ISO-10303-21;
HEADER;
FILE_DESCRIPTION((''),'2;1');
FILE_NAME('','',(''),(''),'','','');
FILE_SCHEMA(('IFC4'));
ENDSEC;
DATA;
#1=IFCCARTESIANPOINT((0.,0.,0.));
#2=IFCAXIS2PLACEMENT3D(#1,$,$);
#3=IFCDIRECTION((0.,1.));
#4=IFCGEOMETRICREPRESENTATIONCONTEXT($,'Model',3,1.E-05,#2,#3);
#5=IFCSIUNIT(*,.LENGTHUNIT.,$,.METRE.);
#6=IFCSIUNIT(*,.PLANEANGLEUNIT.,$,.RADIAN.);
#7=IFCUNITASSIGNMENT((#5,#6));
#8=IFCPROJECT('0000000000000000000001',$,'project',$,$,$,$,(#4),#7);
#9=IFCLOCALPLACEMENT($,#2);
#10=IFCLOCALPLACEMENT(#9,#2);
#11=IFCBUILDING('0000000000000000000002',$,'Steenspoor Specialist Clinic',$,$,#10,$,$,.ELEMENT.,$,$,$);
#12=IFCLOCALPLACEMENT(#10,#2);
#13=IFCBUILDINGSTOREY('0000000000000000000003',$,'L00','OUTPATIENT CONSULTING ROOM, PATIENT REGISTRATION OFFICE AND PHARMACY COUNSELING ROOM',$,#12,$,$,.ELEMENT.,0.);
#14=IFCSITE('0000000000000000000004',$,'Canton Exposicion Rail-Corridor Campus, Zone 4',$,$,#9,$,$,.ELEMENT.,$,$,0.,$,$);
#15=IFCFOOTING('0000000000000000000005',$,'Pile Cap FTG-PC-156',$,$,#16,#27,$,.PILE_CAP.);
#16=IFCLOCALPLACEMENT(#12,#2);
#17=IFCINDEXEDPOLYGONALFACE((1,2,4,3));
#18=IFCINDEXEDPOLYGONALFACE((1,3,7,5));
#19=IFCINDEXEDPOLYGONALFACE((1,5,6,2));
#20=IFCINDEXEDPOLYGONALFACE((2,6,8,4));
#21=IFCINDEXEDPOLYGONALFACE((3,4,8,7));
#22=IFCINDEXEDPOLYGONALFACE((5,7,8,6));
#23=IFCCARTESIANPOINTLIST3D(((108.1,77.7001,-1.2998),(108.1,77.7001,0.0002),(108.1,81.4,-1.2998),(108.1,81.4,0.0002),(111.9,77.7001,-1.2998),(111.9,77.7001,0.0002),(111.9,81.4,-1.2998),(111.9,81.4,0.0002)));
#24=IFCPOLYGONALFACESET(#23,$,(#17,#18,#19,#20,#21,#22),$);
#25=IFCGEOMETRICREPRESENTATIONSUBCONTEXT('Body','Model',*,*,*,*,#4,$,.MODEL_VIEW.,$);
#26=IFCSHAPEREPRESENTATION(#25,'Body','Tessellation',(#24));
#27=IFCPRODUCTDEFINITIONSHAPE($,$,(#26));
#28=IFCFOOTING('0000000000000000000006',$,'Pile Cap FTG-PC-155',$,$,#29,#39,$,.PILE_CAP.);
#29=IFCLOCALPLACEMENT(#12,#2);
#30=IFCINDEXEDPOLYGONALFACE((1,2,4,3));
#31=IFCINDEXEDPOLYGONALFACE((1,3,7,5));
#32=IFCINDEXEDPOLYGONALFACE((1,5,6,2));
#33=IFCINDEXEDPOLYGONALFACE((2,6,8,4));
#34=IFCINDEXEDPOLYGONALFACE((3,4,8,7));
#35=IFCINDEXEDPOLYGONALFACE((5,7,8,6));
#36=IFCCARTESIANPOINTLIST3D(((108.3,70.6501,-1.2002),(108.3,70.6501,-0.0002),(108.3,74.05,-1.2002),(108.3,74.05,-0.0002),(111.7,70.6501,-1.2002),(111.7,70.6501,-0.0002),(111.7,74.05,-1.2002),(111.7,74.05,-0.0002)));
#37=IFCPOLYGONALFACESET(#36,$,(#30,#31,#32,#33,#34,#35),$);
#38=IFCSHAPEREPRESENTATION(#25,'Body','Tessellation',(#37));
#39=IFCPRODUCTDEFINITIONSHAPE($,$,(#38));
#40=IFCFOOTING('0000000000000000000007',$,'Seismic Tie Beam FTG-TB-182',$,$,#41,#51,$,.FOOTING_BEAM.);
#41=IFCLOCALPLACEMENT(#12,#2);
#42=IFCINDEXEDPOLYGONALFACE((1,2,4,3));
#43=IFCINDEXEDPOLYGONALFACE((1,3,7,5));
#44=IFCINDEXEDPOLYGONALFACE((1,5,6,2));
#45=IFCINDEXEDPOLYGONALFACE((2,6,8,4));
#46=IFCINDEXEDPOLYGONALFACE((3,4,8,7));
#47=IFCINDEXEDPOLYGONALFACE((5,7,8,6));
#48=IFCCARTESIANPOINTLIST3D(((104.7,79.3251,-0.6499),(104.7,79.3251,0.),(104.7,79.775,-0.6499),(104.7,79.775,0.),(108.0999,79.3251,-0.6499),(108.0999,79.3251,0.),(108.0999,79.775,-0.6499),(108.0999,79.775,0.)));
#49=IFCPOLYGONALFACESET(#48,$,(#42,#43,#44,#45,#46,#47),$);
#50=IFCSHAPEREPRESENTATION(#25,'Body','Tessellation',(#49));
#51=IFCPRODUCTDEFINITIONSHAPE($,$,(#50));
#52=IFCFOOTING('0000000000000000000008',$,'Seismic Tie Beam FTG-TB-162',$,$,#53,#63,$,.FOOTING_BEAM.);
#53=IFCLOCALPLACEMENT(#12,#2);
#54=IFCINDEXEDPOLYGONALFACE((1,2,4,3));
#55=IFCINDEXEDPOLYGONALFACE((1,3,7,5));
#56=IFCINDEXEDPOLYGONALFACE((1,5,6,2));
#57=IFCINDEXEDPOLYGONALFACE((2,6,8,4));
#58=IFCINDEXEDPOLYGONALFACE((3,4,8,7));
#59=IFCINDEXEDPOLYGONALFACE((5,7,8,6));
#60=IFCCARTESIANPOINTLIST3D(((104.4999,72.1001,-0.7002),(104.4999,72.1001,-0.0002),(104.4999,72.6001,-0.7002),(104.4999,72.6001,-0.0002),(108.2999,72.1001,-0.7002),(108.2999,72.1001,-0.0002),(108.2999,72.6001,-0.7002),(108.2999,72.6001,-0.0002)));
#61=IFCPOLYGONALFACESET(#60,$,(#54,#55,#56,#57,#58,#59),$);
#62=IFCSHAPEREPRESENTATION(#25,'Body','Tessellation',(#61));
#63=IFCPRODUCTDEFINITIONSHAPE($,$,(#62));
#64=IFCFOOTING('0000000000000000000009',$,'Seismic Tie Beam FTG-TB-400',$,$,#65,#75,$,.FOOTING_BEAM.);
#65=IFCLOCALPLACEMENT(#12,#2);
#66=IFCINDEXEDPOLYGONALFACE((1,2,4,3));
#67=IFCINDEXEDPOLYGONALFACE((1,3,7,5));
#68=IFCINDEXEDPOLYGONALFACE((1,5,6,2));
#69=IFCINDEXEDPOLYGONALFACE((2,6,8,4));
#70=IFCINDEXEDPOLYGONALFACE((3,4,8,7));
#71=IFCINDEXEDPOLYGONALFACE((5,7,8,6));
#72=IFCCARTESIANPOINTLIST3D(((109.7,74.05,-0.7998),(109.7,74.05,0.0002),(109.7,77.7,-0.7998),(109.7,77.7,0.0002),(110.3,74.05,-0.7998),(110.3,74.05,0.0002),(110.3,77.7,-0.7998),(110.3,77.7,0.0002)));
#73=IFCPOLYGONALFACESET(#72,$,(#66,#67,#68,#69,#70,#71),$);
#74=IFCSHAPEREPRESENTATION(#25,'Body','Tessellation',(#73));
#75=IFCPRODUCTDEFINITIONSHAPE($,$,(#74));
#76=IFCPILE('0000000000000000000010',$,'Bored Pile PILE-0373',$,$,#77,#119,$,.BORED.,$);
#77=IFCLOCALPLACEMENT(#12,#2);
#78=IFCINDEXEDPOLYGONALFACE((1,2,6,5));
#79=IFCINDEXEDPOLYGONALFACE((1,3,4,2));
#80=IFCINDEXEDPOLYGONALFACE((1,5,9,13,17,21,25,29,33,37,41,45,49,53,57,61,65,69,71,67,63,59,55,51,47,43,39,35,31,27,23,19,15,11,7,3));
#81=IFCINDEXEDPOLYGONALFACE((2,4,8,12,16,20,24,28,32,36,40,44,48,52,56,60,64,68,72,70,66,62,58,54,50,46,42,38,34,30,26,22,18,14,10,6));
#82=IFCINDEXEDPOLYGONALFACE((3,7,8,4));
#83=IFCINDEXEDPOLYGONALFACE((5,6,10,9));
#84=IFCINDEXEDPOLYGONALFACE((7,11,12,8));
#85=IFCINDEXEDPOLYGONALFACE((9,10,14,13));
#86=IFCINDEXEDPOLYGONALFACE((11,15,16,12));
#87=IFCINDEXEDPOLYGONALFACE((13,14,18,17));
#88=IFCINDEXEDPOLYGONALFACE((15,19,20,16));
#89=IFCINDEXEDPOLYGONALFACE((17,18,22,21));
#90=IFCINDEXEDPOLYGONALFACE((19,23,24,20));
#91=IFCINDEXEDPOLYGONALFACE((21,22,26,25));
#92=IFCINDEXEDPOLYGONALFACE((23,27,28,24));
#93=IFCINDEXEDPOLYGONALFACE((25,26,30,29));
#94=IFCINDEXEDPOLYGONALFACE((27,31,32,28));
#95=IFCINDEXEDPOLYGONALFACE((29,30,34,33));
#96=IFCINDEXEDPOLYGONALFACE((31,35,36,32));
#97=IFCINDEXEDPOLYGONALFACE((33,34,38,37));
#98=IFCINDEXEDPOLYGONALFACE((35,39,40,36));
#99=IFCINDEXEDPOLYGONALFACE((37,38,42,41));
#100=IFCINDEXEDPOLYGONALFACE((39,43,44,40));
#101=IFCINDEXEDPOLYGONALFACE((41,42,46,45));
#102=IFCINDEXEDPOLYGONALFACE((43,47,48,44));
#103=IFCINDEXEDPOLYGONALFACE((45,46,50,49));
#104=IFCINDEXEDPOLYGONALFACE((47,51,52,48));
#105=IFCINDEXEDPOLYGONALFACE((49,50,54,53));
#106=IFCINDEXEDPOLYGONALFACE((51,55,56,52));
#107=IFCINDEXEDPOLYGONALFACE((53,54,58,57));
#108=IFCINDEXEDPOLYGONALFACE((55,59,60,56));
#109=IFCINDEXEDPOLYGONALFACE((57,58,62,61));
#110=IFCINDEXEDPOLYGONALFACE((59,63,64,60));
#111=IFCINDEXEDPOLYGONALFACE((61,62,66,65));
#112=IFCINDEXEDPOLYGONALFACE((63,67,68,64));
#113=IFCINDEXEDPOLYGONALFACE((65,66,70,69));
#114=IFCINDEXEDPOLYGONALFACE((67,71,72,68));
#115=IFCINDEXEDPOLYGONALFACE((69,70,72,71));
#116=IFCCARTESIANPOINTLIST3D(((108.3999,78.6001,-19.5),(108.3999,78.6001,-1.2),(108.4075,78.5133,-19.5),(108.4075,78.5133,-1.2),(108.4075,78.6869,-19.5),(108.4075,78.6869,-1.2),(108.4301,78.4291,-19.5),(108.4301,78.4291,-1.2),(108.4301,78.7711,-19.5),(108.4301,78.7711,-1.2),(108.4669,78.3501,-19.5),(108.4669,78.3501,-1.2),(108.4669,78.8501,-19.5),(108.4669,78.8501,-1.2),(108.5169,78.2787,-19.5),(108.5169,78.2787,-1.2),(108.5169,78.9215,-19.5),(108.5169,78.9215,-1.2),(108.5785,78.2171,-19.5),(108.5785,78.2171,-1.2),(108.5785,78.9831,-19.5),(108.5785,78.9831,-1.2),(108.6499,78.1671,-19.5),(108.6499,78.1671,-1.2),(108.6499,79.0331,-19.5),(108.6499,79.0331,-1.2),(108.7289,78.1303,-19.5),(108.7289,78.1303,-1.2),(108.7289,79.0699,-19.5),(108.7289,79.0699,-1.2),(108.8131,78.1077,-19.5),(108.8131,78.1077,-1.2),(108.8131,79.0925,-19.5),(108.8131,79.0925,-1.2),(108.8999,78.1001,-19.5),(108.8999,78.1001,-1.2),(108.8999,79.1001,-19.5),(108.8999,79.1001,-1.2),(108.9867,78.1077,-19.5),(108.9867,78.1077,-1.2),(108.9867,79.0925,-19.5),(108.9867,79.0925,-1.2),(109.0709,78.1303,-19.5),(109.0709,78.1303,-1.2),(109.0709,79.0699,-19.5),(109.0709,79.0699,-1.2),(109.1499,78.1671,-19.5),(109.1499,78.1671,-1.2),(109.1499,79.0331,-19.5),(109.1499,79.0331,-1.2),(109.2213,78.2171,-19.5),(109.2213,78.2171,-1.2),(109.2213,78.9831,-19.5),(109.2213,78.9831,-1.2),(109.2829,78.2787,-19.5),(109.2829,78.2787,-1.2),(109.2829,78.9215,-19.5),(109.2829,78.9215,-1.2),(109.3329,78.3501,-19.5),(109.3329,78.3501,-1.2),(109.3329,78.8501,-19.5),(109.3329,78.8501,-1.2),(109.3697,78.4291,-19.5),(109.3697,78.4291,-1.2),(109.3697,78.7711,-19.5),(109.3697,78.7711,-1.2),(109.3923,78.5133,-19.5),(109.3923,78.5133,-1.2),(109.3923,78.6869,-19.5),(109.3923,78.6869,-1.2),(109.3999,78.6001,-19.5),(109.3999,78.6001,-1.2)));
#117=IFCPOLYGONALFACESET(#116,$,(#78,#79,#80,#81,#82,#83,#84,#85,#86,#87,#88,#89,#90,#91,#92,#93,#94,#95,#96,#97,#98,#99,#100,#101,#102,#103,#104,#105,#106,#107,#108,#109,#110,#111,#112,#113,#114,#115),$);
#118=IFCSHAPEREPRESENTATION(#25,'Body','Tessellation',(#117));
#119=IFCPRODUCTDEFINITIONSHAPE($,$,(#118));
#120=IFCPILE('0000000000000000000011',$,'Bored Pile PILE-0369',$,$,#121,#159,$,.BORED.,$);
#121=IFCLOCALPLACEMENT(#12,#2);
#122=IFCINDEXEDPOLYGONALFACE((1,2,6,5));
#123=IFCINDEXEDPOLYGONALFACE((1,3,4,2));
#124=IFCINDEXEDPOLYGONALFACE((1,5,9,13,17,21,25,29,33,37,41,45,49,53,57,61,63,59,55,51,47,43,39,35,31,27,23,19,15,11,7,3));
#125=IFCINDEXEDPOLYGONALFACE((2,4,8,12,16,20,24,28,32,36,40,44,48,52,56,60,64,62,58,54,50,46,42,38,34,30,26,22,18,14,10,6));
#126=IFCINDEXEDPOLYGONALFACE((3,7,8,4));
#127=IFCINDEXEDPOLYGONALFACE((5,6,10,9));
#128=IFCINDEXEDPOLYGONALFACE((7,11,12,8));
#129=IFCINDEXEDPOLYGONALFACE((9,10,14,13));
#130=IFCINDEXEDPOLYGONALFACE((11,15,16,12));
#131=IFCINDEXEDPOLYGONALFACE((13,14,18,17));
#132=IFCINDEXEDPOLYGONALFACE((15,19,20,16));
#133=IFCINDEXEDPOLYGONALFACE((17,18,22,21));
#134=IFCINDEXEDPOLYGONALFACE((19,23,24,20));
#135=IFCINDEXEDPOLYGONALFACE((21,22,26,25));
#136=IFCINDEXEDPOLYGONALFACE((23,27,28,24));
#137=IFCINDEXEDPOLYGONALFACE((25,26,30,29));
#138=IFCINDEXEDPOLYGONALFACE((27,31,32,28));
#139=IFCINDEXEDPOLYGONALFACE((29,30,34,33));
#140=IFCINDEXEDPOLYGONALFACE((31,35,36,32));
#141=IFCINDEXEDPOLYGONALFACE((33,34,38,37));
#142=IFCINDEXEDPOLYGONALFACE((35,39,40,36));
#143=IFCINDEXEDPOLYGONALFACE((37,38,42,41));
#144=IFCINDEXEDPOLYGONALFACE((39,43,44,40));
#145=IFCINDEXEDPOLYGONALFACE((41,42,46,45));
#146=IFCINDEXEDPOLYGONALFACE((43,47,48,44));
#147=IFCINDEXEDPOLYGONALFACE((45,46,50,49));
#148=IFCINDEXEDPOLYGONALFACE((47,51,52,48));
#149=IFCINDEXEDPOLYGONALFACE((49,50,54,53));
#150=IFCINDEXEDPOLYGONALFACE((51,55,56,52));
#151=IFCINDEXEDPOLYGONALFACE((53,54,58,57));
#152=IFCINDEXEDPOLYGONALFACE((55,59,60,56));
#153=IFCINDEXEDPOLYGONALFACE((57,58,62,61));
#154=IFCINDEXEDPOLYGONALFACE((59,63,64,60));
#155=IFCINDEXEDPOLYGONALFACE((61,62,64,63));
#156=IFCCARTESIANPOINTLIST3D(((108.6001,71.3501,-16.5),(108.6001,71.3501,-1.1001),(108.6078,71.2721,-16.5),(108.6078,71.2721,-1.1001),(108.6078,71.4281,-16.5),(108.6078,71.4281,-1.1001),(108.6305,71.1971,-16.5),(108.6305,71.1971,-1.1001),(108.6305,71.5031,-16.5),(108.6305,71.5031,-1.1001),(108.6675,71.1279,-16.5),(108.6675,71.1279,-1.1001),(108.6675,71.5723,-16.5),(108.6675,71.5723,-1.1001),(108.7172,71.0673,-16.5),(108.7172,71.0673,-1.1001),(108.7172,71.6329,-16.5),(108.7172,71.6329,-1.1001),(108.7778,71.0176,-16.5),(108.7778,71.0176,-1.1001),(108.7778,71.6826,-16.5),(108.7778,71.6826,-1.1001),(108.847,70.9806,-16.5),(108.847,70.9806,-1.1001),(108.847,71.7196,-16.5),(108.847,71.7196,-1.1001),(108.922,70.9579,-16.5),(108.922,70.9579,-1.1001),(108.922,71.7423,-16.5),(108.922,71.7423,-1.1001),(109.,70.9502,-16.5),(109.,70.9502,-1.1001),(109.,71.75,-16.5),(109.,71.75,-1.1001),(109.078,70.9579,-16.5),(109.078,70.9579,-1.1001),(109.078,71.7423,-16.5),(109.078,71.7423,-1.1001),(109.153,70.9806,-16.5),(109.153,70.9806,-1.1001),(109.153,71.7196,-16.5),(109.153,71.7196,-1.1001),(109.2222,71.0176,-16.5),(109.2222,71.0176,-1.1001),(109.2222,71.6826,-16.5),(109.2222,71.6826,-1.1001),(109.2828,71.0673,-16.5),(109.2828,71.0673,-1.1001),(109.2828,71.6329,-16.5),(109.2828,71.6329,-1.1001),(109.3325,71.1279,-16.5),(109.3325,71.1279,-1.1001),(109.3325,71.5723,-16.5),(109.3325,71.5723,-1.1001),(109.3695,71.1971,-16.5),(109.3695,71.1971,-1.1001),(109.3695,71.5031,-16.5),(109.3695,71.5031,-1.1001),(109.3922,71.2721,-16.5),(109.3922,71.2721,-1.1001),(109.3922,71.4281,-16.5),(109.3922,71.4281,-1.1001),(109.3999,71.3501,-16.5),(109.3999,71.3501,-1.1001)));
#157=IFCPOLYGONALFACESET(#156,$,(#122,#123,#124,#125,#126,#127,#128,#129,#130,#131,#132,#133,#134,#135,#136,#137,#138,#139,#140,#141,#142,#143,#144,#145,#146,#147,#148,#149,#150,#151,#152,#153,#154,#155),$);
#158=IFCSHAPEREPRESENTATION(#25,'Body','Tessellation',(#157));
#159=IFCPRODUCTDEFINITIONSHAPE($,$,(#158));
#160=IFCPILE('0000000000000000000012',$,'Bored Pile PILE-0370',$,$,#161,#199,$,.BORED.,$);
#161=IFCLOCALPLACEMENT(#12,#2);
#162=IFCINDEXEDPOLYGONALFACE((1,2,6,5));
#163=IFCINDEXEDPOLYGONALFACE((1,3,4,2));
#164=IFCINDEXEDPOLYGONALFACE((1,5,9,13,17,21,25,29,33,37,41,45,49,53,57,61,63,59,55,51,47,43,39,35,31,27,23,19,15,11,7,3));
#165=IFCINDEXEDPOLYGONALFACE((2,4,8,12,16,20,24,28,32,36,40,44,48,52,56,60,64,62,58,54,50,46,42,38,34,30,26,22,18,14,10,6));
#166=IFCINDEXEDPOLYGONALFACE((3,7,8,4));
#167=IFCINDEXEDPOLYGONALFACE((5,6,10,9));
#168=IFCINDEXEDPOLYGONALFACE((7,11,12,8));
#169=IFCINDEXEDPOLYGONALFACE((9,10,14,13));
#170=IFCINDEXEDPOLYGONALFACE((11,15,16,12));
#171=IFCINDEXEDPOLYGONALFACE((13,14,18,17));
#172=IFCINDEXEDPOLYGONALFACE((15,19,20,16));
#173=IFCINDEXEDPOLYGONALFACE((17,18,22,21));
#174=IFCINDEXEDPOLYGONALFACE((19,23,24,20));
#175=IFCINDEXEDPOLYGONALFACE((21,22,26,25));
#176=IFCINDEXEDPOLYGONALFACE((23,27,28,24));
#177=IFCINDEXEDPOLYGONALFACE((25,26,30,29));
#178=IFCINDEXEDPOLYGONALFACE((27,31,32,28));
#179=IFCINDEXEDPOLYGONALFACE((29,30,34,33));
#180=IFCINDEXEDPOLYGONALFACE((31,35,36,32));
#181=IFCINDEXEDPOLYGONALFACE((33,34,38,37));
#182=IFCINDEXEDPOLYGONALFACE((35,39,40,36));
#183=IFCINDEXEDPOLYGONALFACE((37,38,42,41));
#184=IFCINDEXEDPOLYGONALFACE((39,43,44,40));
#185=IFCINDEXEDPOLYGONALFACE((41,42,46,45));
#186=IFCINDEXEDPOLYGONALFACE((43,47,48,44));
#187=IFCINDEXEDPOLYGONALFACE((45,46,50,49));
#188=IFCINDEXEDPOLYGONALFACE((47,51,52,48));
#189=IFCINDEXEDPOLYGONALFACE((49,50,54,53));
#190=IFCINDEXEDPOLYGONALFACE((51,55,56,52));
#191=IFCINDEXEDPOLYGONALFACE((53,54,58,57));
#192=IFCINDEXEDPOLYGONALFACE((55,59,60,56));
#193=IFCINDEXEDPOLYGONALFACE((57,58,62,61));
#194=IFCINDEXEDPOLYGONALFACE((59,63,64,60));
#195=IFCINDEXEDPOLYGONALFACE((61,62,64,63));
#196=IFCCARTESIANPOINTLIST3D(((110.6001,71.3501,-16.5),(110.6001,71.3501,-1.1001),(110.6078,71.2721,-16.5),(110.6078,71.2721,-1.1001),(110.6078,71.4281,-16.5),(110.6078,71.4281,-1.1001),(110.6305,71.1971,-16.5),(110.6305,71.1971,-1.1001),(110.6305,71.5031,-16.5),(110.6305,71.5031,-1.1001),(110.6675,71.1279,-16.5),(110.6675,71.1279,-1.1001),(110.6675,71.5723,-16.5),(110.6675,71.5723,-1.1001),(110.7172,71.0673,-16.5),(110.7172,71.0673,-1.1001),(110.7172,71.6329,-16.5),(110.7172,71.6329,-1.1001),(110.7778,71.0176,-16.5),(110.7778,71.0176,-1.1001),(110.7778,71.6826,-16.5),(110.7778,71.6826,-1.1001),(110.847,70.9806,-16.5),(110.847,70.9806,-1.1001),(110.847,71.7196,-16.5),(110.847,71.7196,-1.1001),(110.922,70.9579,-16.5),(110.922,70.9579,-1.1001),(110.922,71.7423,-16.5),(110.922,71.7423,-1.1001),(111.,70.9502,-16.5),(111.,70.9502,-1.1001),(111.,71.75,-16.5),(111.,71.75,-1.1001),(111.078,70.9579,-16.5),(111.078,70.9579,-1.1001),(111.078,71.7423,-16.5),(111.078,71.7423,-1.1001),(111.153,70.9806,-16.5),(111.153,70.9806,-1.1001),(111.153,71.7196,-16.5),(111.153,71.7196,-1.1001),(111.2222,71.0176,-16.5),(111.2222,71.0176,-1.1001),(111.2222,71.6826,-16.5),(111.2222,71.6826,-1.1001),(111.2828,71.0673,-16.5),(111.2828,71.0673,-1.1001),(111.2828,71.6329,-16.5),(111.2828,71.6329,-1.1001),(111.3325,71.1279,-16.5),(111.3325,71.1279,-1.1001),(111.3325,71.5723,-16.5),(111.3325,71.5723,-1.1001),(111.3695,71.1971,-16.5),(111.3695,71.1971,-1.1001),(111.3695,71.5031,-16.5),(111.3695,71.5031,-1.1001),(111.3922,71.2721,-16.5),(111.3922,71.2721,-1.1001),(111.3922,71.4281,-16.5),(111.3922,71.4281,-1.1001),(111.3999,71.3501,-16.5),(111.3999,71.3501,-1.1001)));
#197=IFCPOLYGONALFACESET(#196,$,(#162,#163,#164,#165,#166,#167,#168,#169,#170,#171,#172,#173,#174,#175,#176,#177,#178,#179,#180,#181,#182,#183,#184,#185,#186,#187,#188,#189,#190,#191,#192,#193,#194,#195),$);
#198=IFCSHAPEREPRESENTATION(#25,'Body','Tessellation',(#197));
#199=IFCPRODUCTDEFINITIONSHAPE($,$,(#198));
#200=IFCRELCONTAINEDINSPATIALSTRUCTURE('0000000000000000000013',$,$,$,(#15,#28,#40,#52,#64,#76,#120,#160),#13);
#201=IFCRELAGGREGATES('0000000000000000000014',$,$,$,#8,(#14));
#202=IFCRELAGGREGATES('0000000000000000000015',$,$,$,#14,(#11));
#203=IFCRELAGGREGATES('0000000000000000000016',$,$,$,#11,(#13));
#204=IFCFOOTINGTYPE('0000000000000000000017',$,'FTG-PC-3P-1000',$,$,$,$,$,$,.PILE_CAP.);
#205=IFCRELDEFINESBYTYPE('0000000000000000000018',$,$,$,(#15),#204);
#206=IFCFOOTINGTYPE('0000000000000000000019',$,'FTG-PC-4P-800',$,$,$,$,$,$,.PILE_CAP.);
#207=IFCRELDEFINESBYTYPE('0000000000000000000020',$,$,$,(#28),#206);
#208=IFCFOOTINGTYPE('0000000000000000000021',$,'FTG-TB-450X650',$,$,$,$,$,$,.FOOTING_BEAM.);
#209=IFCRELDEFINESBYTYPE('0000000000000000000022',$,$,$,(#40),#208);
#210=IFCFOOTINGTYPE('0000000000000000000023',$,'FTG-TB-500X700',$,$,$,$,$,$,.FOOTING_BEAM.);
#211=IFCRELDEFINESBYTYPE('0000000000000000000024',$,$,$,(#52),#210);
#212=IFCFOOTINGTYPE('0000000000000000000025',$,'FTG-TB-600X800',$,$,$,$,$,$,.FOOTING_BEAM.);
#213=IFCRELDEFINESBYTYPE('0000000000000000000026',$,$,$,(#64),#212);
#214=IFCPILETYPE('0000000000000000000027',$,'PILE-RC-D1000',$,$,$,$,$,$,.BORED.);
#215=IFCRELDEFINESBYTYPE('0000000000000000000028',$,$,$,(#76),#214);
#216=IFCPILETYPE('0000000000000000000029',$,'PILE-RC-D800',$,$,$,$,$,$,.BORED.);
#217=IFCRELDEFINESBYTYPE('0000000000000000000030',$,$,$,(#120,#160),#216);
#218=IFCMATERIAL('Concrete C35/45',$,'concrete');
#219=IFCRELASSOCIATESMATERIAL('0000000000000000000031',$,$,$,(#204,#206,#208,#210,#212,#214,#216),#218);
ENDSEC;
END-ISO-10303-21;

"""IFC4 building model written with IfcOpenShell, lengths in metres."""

from ifc_helpers import new_model, si_unit, direction, frame, origin, origin_2d, place, context, subcontext, project, spatial, rectangle, circle, extrude, material, material_profile, profile_set, type_object, element, save


model = new_model("IFC4")

# Units and contexts
model_context = context("Model", 3, precision=1e-05, world=origin(), true_north=direction((0.0, 1.0)))
body_context = subcontext(model_context, "Body", "Model", "MODEL_VIEW")
ifc_project = project(units=[si_unit("LENGTHUNIT", "METRE"), si_unit("PLANEANGLEUNIT", "RADIAN")], contexts=[model_context])

# Site, building, storey
site_placement = place(None, origin())
site = spatial("IfcSite", under=ifc_project, at=site_placement, Name="Canton Exposicion Rail-Corridor Campus, Zone 4", CompositionType="ELEMENT", RefElevation=0.0)
building_placement = place(site_placement, origin())
building = spatial("IfcBuilding", under=site, at=building_placement, Name="Steenspoor Specialist Clinic", CompositionType="ELEMENT")
storey_placement = place(building_placement, origin())
storey = spatial("IfcBuildingStorey", under=building, at=storey_placement, Name="L00", Description="OUTPATIENT CONSULTING ROOM, PATIENT REGISTRATION OFFICE AND PHARMACY COUNSELING ROOM", CompositionType="ELEMENT", Elevation=0.0)

# Footings
ifc_material_1 = material(Name="Concrete C35/45", Category="concrete")
footing_type_1 = type_object("IfcFootingType", Name="FTG-PC-3P-1000", PredefinedType="PILE_CAP", material=ifc_material_1)
footing_1_placement = place(storey_placement, frame((110.0, 79.55, -1.2998), z_axis=(0.0, 0.0, 1.0), x_axis=(1.0, 0.0, 0.0)))
element("IfcFooting", 1, at=footing_1_placement, inside=storey, type_object=footing_type_1, Name="Pile Cap FTG-PC-156", PredefinedType="PILE_CAP", context=body_context, shape_type="SweptSolid", body=[
    extrude(rectangle(XDim=3.8, YDim=3.7, at=origin_2d()), origin(), (0.0, 0.0, 1.0), 1.3),
])
footing_type_2 = type_object("IfcFootingType", Name="FTG-PC-4P-800", PredefinedType="PILE_CAP", material=ifc_material_1)
footing_2_placement = place(storey_placement, frame((110.0, 72.3501, -1.2002), z_axis=(0.0, 0.0, 1.0), x_axis=(1.0, 0.0, 0.0)))
element("IfcFooting", 2, at=footing_2_placement, inside=storey, type_object=footing_type_2, Name="Pile Cap FTG-PC-155", PredefinedType="PILE_CAP", context=body_context, shape_type="SweptSolid", body=[
    extrude(rectangle(XDim=3.3999, YDim=3.3999, at=origin_2d()), origin(), (0.0, 0.0, 1.0), 1.2),
])
footing_type_3 = type_object("IfcFootingType", Name="FTG-TB-450X650", PredefinedType="FOOTING_BEAM", material=ifc_material_1)
footing_3_placement = place(storey_placement, frame((106.3999, 79.55, -0.6499), z_axis=(0.0, 0.0, 1.0), x_axis=(1.0, 0.0, 0.0)))
element("IfcFooting", 3, at=footing_3_placement, inside=storey, type_object=footing_type_3, Name="Seismic Tie Beam FTG-TB-182", PredefinedType="FOOTING_BEAM", context=body_context, shape_type="SweptSolid", body=[
    extrude(rectangle(XDim=3.3999, YDim=0.45, at=origin_2d()), origin(), (0.0, 0.0, 1.0), 0.6499),
])
footing_type_4 = type_object("IfcFootingType", Name="FTG-TB-500X700", PredefinedType="FOOTING_BEAM", material=ifc_material_1)
footing_4_placement = place(storey_placement, frame((106.3999, 72.3501, -0.7002), z_axis=(0.0, 0.0, 1.0), x_axis=(1.0, 0.0, 0.0)))
element("IfcFooting", 4, at=footing_4_placement, inside=storey, type_object=footing_type_4, Name="Seismic Tie Beam FTG-TB-162", PredefinedType="FOOTING_BEAM", context=body_context, shape_type="SweptSolid", body=[
    extrude(rectangle(XDim=3.8, YDim=0.5, at=origin_2d()), origin(), (0.0, 0.0, 1.0), 0.7),
])
footing_type_5 = type_object("IfcFootingType", Name="FTG-TB-600X800", PredefinedType="FOOTING_BEAM", material=ifc_material_1)
footing_5_placement = place(storey_placement, frame((110.0, 75.875, -0.7998), z_axis=(0.0, 0.0, 1.0), x_axis=(1.0, 0.0, 0.0)))
element("IfcFooting", 5, at=footing_5_placement, inside=storey, type_object=footing_type_5, Name="Seismic Tie Beam FTG-TB-400", PredefinedType="FOOTING_BEAM", context=body_context, shape_type="SweptSolid", body=[
    extrude(rectangle(XDim=0.6001, YDim=3.6499, at=origin_2d()), origin(), (0.0, 0.0, 1.0), 0.8),
])

# Piles
ifc_material_profile_1 = material_profile(ifc_material_1, circle(Radius=0.5, at=origin_2d()), Name="PILE-D1000")
ifc_profile_set_1 = profile_set([ifc_material_profile_1], Name="Concrete C35/45")
pile_type_1 = type_object("IfcPileType", Name="PILE-RC-D1000", PredefinedType="BORED", material=ifc_profile_set_1)
pile_placement = place(storey_placement, frame((108.8999, 78.6001, -1.2), z_axis=(0.0, 0.0, -1.0), x_axis=(1.0, 0.0, 0.0)))
element("IfcPile", 6, at=pile_placement, inside=storey, type_object=pile_type_1, Name="Bored Pile PILE-0373", PredefinedType="BORED", context=body_context, shape_type="SweptSolid", body=[
    extrude(circle(Radius=0.5, at=origin_2d()), origin(), (0.0, 0.0, 1.0), 18.3),
])
ifc_material_profile_2 = material_profile(ifc_material_1, circle(Radius=0.3999, at=origin_2d()), Name="PILE-D800")
ifc_profile_set_2 = profile_set([ifc_material_profile_2], Name="Concrete C35/45")
pile_type_2 = type_object("IfcPileType", Name="PILE-RC-D800", PredefinedType="BORED", material=ifc_profile_set_2)
for number, where, z_axis, x_axis, name in (
    (7, (109.0, 71.3501, -1.1001), (0.0, 0.0, -1.0), (1.0, 0.0, 0.0), "Bored Pile PILE-0369"),
    (8, (111.0, 71.3501, -1.1001), (0.0, 0.0, -1.0), (1.0, 0.0, 0.0), "Bored Pile PILE-0370"),
):
    element("IfcPile", number, at=place(storey_placement, frame(where, z_axis=z_axis, x_axis=x_axis)), inside=storey, type_object=pile_type_2, Name=name, PredefinedType="BORED", context=body_context, shape_type="SweptSolid", body=[
        extrude(circle(Radius=0.3999, at=origin_2d()), origin(), (0.0, 0.0, 1.0), 15.3999),
    ])

save(model, "model.ifc")
